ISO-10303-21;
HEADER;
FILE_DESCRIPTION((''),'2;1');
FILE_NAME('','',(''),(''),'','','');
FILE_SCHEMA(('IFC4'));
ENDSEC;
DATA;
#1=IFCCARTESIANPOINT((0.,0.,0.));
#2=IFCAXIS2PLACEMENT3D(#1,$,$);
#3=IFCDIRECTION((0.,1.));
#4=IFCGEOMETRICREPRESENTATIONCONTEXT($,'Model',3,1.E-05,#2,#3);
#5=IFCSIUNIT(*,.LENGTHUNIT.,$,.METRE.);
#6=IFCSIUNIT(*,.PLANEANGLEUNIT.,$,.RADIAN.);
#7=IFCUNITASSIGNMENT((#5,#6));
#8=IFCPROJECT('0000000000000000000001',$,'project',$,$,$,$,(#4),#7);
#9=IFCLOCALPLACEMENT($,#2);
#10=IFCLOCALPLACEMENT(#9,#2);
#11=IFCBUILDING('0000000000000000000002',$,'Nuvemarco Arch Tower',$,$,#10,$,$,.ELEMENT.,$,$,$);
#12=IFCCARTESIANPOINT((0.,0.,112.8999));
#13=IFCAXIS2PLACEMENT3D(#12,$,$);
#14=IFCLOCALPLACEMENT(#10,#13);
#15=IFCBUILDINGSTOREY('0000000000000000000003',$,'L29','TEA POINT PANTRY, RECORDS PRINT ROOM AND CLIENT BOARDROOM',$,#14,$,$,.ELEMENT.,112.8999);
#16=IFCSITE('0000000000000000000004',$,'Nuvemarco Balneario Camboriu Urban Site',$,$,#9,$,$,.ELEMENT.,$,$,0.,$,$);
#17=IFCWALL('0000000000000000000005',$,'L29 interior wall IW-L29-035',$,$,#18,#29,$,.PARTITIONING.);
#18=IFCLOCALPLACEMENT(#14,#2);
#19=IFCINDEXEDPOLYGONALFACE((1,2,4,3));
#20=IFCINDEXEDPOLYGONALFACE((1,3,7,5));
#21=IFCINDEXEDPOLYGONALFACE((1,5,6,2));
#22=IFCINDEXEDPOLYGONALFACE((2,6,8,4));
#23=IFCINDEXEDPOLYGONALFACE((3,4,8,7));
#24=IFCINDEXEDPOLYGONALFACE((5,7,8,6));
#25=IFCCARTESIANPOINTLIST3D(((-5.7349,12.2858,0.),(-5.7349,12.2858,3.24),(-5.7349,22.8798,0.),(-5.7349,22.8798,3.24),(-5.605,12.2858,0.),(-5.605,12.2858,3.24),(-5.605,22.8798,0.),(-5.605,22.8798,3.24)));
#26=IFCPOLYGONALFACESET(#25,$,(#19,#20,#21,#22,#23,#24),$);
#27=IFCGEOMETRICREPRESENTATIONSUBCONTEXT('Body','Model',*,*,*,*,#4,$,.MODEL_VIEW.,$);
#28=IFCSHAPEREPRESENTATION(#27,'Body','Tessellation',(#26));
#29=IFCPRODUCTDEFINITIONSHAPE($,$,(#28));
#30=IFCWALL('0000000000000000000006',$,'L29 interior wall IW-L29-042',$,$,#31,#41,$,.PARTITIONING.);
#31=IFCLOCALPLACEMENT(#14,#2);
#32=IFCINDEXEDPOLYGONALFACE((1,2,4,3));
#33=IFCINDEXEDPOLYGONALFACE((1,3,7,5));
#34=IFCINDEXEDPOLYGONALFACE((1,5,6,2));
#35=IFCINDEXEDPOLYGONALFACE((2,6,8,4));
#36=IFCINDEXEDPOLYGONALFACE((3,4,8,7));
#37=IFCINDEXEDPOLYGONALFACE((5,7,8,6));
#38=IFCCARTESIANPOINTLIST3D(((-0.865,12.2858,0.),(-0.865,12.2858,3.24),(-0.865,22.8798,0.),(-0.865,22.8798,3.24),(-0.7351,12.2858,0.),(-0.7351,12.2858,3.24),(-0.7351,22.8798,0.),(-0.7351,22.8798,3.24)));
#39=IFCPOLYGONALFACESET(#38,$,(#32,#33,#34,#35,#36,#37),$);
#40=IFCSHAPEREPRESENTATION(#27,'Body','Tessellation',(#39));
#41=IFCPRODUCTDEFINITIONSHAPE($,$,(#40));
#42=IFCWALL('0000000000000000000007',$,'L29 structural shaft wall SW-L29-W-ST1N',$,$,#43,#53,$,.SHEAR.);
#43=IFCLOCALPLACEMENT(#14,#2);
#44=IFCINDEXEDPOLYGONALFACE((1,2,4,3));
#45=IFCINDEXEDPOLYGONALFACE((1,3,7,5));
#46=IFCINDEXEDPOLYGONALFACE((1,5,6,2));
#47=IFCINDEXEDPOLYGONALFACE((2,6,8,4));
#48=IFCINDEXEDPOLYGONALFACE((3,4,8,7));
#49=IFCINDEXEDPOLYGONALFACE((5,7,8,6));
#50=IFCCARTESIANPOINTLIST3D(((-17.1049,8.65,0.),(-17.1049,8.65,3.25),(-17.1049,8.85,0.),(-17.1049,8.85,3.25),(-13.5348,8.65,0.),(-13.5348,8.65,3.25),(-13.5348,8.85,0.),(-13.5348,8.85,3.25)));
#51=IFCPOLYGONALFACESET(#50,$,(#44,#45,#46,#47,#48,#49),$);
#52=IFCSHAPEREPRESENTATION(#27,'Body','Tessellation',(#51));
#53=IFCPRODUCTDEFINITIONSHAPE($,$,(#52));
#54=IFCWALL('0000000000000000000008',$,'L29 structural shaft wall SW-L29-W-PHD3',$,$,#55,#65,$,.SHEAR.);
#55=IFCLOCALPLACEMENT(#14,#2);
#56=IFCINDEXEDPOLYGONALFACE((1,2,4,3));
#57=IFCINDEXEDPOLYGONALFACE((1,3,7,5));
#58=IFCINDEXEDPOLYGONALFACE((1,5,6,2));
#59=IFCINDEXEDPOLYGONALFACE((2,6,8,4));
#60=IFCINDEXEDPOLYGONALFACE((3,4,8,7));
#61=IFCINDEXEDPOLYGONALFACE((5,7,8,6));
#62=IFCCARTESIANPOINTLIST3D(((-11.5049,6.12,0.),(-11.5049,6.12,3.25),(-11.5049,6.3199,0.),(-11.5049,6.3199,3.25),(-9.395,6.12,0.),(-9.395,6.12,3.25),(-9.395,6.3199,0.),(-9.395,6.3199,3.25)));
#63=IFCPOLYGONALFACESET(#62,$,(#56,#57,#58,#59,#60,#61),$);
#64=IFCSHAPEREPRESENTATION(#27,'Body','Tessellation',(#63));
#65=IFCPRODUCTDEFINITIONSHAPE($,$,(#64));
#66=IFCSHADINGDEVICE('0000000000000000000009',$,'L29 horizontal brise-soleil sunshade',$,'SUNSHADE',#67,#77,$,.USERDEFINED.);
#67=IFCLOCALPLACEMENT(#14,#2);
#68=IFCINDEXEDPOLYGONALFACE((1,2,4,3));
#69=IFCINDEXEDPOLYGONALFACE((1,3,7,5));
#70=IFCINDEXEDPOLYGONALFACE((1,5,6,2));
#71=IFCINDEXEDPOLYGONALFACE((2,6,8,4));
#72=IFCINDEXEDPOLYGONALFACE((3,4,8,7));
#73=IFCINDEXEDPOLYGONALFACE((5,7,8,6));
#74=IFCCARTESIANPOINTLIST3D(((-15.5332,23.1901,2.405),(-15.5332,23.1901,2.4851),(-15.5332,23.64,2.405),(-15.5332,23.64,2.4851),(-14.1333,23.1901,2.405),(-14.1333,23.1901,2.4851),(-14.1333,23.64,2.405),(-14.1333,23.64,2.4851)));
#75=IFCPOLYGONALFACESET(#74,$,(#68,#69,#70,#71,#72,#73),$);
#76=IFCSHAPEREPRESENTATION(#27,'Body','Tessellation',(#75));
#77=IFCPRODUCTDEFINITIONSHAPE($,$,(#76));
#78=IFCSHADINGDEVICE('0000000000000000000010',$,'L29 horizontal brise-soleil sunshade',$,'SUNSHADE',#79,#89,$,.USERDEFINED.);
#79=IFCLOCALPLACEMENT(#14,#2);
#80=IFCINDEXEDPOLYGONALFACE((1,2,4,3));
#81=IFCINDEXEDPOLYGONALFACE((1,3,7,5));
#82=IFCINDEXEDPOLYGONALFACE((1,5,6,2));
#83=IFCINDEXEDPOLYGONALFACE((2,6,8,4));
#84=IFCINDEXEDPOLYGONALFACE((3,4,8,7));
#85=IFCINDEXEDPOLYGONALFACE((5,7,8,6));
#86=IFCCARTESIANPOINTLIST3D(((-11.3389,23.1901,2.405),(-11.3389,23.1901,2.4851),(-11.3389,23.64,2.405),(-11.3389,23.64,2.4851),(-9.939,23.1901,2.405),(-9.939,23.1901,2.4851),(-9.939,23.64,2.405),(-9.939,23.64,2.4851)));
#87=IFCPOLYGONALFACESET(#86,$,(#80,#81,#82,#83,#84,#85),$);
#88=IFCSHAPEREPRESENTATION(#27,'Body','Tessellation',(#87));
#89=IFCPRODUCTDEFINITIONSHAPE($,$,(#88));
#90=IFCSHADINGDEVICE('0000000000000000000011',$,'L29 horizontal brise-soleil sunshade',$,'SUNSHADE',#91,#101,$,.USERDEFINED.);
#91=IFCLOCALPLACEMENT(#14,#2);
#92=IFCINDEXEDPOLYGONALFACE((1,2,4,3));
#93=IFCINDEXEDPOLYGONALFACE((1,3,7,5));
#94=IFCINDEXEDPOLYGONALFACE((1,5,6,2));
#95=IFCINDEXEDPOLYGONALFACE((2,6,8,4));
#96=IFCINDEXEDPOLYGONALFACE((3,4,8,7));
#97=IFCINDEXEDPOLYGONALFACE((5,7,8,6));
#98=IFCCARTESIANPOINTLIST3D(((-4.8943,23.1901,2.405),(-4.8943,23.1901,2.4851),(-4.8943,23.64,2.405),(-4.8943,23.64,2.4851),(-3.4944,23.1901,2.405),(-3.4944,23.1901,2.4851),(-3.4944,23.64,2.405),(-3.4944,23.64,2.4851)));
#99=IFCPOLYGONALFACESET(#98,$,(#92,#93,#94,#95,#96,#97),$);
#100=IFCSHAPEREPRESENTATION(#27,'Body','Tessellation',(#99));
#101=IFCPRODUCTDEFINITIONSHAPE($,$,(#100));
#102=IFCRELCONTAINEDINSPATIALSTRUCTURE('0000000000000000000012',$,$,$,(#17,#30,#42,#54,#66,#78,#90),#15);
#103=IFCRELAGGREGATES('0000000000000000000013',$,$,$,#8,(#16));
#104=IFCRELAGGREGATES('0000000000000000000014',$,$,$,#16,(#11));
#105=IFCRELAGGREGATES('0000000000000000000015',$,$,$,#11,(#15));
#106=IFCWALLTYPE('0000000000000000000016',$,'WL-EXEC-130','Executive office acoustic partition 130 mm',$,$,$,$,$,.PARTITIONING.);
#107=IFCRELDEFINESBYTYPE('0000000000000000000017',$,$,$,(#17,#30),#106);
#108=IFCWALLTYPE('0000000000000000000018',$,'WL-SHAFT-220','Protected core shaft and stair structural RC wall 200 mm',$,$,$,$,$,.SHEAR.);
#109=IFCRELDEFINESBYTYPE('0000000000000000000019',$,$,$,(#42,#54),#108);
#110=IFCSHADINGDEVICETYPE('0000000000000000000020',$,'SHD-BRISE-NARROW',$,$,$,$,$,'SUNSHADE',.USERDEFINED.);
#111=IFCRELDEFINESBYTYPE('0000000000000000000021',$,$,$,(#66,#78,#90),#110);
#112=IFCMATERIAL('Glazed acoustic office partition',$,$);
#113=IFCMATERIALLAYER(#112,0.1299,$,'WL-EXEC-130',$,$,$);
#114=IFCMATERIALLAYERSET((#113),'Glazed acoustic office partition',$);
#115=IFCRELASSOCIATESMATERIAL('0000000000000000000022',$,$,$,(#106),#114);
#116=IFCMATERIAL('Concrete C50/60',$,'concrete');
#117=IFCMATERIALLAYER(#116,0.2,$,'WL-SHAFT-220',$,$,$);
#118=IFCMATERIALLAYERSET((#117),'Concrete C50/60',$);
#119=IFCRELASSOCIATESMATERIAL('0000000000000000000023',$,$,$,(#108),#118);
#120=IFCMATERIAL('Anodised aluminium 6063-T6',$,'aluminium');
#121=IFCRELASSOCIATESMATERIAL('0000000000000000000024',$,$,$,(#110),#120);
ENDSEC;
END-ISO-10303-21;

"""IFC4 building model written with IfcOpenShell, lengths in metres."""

from ifc_helpers import new_model, si_unit, direction, frame, frame_2d, origin, origin_2d, place, context, subcontext, project, spatial, rectangle, extrude, source, transform, mapped, material, layer, layer_set, type_object, type_shapes, element, save


model = new_model("IFC4")

# Units and contexts
model_context = context("Model", 3, precision=1e-05, world=origin(), true_north=direction((0.0, 1.0)))
body_context = subcontext(model_context, "Body", "Model", "MODEL_VIEW")
ifc_project = project(units=[si_unit("LENGTHUNIT", "METRE"), si_unit("PLANEANGLEUNIT", "RADIAN")], contexts=[model_context])

# Site, building, storey
site_placement = place(None, origin())
site = spatial("IfcSite", under=ifc_project, at=site_placement, Name="Nuvemarco Balneario Camboriu Urban Site", CompositionType="ELEMENT", RefElevation=0.0)
building_placement = place(site_placement, origin())
building = spatial("IfcBuilding", under=site, at=building_placement, Name="Nuvemarco Arch Tower", CompositionType="ELEMENT")
storey_placement = place(building_placement, frame((0.0, 0.0, 112.8999)))
storey = spatial("IfcBuildingStorey", under=building, at=storey_placement, Name="L29", Description="TEA POINT PANTRY, RECORDS PRINT ROOM AND CLIENT BOARDROOM", CompositionType="ELEMENT", Elevation=112.8999)

# Walls
ifc_material_1 = material(Name="Glazed acoustic office partition")
ifc_layer_1 = layer(ifc_material_1, 0.1299, Name="WL-EXEC-130")
ifc_layer_set_1 = layer_set([ifc_layer_1], Name="Glazed acoustic office partition")
wall_type_1 = type_object("IfcWallType", Name="WL-EXEC-130", Description="Executive office acoustic partition 130 mm", PredefinedType="PARTITIONING", material=ifc_layer_set_1)
for number, where, z_axis, x_axis, name in (
    (1, (-5.6699, 12.2859, 0.0), (0.0, 0.0, 1.0), (0.0, 1.0, 0.0), "L29 interior wall IW-L29-035"),
    (2, (-0.8, 12.2859, 0.0), (0.0, 0.0, 1.0), (0.0, 1.0, 0.0), "L29 interior wall IW-L29-042"),
):
    element("IfcWall", number, at=place(storey_placement, frame(where, z_axis=z_axis, x_axis=x_axis)), inside=storey, type_object=wall_type_1, Name=name, PredefinedType="PARTITIONING", context=body_context, shape_type="SweptSolid", body=[
        extrude(rectangle(XDim=10.594, YDim=0.1299, at=frame_2d((5.2969, 0.0))), origin(), (0.0, 0.0, 1.0), 3.24),
    ])
ifc_material_2 = material(Name="Concrete C50/60", Category="concrete")
ifc_layer_2 = layer(ifc_material_2, 0.2, Name="WL-SHAFT-220")
ifc_layer_set_2 = layer_set([ifc_layer_2], Name="Concrete C50/60")
wall_type_2 = type_object("IfcWallType", Name="WL-SHAFT-220", Description="Protected core shaft and stair structural RC wall 200 mm", PredefinedType="SHEAR", material=ifc_layer_set_2)
wall_1_placement = place(storey_placement, frame((-17.105, 8.75, 0.0), z_axis=(0.0, 0.0, 1.0), x_axis=(1.0, 0.0, 0.0)))
element("IfcWall", 3, at=wall_1_placement, inside=storey, type_object=wall_type_2, Name="L29 structural shaft wall SW-L29-W-ST1N", PredefinedType="SHEAR", context=body_context, shape_type="SweptSolid", body=[
    extrude(rectangle(XDim=3.5701, YDim=0.2, at=frame_2d((1.7852, 0.0))), origin(), (0.0, 0.0, 1.0), 3.25),
])
wall_2_placement = place(storey_placement, frame((-11.5049, 6.22, 0.0), z_axis=(0.0, 0.0, 1.0), x_axis=(1.0, 0.0, 0.0)))
element("IfcWall", 4, at=wall_2_placement, inside=storey, type_object=wall_type_2, Name="L29 structural shaft wall SW-L29-W-PHD3", PredefinedType="SHEAR", context=body_context, shape_type="SweptSolid", body=[
    extrude(rectangle(XDim=2.1099, YDim=0.2, at=frame_2d((1.0549, 0.0))), origin(), (0.0, 0.0, 1.0), 3.25),
])

# Shading devices
ifc_material_3 = material(Name="Anodised aluminium 6063-T6", Category="aluminium")
shading_device_type = type_object("IfcShadingDeviceType", Name="SHD-BRISE-NARROW", ElementType="SUNSHADE", PredefinedType="USERDEFINED", material=ifc_material_3)
shared_shape_1 = source(origin(), body_context, "Body", "SweptSolid", [
    extrude(rectangle(XDim=1.3999, YDim=0.45, at=origin_2d()), origin(), (0.0, 0.0, 1.0), 0.0801),
])
type_shapes(shading_device_type, [shared_shape_1])
for number, where, z_axis, x_axis, name in (
    (5, (-14.8333, 23.415, 2.405), (0.0, 0.0, 1.0), (1.0, 0.0, 0.0), "L29 horizontal brise-soleil sunshade"),
    (6, (-10.6389, 23.415, 2.405), (0.0, 0.0, 1.0), (1.0, 0.0, 0.0), "L29 horizontal brise-soleil sunshade"),
    (7, (-4.1943, 23.415, 2.405), (0.0, 0.0, 1.0), (1.0, 0.0, 0.0), "L29 horizontal brise-soleil sunshade"),
):
    element("IfcShadingDevice", number, at=place(storey_placement, frame(where, z_axis=z_axis, x_axis=x_axis)), inside=storey, type_object=shading_device_type, Name=name, ObjectType="SUNSHADE", PredefinedType="USERDEFINED", context=body_context, shape_type="MappedRepresentation", body=[
        mapped(shared_shape_1, transform((0.0, 0.0, 0.0), scale=1.0)),
    ])

save(model, "model.ifc")
